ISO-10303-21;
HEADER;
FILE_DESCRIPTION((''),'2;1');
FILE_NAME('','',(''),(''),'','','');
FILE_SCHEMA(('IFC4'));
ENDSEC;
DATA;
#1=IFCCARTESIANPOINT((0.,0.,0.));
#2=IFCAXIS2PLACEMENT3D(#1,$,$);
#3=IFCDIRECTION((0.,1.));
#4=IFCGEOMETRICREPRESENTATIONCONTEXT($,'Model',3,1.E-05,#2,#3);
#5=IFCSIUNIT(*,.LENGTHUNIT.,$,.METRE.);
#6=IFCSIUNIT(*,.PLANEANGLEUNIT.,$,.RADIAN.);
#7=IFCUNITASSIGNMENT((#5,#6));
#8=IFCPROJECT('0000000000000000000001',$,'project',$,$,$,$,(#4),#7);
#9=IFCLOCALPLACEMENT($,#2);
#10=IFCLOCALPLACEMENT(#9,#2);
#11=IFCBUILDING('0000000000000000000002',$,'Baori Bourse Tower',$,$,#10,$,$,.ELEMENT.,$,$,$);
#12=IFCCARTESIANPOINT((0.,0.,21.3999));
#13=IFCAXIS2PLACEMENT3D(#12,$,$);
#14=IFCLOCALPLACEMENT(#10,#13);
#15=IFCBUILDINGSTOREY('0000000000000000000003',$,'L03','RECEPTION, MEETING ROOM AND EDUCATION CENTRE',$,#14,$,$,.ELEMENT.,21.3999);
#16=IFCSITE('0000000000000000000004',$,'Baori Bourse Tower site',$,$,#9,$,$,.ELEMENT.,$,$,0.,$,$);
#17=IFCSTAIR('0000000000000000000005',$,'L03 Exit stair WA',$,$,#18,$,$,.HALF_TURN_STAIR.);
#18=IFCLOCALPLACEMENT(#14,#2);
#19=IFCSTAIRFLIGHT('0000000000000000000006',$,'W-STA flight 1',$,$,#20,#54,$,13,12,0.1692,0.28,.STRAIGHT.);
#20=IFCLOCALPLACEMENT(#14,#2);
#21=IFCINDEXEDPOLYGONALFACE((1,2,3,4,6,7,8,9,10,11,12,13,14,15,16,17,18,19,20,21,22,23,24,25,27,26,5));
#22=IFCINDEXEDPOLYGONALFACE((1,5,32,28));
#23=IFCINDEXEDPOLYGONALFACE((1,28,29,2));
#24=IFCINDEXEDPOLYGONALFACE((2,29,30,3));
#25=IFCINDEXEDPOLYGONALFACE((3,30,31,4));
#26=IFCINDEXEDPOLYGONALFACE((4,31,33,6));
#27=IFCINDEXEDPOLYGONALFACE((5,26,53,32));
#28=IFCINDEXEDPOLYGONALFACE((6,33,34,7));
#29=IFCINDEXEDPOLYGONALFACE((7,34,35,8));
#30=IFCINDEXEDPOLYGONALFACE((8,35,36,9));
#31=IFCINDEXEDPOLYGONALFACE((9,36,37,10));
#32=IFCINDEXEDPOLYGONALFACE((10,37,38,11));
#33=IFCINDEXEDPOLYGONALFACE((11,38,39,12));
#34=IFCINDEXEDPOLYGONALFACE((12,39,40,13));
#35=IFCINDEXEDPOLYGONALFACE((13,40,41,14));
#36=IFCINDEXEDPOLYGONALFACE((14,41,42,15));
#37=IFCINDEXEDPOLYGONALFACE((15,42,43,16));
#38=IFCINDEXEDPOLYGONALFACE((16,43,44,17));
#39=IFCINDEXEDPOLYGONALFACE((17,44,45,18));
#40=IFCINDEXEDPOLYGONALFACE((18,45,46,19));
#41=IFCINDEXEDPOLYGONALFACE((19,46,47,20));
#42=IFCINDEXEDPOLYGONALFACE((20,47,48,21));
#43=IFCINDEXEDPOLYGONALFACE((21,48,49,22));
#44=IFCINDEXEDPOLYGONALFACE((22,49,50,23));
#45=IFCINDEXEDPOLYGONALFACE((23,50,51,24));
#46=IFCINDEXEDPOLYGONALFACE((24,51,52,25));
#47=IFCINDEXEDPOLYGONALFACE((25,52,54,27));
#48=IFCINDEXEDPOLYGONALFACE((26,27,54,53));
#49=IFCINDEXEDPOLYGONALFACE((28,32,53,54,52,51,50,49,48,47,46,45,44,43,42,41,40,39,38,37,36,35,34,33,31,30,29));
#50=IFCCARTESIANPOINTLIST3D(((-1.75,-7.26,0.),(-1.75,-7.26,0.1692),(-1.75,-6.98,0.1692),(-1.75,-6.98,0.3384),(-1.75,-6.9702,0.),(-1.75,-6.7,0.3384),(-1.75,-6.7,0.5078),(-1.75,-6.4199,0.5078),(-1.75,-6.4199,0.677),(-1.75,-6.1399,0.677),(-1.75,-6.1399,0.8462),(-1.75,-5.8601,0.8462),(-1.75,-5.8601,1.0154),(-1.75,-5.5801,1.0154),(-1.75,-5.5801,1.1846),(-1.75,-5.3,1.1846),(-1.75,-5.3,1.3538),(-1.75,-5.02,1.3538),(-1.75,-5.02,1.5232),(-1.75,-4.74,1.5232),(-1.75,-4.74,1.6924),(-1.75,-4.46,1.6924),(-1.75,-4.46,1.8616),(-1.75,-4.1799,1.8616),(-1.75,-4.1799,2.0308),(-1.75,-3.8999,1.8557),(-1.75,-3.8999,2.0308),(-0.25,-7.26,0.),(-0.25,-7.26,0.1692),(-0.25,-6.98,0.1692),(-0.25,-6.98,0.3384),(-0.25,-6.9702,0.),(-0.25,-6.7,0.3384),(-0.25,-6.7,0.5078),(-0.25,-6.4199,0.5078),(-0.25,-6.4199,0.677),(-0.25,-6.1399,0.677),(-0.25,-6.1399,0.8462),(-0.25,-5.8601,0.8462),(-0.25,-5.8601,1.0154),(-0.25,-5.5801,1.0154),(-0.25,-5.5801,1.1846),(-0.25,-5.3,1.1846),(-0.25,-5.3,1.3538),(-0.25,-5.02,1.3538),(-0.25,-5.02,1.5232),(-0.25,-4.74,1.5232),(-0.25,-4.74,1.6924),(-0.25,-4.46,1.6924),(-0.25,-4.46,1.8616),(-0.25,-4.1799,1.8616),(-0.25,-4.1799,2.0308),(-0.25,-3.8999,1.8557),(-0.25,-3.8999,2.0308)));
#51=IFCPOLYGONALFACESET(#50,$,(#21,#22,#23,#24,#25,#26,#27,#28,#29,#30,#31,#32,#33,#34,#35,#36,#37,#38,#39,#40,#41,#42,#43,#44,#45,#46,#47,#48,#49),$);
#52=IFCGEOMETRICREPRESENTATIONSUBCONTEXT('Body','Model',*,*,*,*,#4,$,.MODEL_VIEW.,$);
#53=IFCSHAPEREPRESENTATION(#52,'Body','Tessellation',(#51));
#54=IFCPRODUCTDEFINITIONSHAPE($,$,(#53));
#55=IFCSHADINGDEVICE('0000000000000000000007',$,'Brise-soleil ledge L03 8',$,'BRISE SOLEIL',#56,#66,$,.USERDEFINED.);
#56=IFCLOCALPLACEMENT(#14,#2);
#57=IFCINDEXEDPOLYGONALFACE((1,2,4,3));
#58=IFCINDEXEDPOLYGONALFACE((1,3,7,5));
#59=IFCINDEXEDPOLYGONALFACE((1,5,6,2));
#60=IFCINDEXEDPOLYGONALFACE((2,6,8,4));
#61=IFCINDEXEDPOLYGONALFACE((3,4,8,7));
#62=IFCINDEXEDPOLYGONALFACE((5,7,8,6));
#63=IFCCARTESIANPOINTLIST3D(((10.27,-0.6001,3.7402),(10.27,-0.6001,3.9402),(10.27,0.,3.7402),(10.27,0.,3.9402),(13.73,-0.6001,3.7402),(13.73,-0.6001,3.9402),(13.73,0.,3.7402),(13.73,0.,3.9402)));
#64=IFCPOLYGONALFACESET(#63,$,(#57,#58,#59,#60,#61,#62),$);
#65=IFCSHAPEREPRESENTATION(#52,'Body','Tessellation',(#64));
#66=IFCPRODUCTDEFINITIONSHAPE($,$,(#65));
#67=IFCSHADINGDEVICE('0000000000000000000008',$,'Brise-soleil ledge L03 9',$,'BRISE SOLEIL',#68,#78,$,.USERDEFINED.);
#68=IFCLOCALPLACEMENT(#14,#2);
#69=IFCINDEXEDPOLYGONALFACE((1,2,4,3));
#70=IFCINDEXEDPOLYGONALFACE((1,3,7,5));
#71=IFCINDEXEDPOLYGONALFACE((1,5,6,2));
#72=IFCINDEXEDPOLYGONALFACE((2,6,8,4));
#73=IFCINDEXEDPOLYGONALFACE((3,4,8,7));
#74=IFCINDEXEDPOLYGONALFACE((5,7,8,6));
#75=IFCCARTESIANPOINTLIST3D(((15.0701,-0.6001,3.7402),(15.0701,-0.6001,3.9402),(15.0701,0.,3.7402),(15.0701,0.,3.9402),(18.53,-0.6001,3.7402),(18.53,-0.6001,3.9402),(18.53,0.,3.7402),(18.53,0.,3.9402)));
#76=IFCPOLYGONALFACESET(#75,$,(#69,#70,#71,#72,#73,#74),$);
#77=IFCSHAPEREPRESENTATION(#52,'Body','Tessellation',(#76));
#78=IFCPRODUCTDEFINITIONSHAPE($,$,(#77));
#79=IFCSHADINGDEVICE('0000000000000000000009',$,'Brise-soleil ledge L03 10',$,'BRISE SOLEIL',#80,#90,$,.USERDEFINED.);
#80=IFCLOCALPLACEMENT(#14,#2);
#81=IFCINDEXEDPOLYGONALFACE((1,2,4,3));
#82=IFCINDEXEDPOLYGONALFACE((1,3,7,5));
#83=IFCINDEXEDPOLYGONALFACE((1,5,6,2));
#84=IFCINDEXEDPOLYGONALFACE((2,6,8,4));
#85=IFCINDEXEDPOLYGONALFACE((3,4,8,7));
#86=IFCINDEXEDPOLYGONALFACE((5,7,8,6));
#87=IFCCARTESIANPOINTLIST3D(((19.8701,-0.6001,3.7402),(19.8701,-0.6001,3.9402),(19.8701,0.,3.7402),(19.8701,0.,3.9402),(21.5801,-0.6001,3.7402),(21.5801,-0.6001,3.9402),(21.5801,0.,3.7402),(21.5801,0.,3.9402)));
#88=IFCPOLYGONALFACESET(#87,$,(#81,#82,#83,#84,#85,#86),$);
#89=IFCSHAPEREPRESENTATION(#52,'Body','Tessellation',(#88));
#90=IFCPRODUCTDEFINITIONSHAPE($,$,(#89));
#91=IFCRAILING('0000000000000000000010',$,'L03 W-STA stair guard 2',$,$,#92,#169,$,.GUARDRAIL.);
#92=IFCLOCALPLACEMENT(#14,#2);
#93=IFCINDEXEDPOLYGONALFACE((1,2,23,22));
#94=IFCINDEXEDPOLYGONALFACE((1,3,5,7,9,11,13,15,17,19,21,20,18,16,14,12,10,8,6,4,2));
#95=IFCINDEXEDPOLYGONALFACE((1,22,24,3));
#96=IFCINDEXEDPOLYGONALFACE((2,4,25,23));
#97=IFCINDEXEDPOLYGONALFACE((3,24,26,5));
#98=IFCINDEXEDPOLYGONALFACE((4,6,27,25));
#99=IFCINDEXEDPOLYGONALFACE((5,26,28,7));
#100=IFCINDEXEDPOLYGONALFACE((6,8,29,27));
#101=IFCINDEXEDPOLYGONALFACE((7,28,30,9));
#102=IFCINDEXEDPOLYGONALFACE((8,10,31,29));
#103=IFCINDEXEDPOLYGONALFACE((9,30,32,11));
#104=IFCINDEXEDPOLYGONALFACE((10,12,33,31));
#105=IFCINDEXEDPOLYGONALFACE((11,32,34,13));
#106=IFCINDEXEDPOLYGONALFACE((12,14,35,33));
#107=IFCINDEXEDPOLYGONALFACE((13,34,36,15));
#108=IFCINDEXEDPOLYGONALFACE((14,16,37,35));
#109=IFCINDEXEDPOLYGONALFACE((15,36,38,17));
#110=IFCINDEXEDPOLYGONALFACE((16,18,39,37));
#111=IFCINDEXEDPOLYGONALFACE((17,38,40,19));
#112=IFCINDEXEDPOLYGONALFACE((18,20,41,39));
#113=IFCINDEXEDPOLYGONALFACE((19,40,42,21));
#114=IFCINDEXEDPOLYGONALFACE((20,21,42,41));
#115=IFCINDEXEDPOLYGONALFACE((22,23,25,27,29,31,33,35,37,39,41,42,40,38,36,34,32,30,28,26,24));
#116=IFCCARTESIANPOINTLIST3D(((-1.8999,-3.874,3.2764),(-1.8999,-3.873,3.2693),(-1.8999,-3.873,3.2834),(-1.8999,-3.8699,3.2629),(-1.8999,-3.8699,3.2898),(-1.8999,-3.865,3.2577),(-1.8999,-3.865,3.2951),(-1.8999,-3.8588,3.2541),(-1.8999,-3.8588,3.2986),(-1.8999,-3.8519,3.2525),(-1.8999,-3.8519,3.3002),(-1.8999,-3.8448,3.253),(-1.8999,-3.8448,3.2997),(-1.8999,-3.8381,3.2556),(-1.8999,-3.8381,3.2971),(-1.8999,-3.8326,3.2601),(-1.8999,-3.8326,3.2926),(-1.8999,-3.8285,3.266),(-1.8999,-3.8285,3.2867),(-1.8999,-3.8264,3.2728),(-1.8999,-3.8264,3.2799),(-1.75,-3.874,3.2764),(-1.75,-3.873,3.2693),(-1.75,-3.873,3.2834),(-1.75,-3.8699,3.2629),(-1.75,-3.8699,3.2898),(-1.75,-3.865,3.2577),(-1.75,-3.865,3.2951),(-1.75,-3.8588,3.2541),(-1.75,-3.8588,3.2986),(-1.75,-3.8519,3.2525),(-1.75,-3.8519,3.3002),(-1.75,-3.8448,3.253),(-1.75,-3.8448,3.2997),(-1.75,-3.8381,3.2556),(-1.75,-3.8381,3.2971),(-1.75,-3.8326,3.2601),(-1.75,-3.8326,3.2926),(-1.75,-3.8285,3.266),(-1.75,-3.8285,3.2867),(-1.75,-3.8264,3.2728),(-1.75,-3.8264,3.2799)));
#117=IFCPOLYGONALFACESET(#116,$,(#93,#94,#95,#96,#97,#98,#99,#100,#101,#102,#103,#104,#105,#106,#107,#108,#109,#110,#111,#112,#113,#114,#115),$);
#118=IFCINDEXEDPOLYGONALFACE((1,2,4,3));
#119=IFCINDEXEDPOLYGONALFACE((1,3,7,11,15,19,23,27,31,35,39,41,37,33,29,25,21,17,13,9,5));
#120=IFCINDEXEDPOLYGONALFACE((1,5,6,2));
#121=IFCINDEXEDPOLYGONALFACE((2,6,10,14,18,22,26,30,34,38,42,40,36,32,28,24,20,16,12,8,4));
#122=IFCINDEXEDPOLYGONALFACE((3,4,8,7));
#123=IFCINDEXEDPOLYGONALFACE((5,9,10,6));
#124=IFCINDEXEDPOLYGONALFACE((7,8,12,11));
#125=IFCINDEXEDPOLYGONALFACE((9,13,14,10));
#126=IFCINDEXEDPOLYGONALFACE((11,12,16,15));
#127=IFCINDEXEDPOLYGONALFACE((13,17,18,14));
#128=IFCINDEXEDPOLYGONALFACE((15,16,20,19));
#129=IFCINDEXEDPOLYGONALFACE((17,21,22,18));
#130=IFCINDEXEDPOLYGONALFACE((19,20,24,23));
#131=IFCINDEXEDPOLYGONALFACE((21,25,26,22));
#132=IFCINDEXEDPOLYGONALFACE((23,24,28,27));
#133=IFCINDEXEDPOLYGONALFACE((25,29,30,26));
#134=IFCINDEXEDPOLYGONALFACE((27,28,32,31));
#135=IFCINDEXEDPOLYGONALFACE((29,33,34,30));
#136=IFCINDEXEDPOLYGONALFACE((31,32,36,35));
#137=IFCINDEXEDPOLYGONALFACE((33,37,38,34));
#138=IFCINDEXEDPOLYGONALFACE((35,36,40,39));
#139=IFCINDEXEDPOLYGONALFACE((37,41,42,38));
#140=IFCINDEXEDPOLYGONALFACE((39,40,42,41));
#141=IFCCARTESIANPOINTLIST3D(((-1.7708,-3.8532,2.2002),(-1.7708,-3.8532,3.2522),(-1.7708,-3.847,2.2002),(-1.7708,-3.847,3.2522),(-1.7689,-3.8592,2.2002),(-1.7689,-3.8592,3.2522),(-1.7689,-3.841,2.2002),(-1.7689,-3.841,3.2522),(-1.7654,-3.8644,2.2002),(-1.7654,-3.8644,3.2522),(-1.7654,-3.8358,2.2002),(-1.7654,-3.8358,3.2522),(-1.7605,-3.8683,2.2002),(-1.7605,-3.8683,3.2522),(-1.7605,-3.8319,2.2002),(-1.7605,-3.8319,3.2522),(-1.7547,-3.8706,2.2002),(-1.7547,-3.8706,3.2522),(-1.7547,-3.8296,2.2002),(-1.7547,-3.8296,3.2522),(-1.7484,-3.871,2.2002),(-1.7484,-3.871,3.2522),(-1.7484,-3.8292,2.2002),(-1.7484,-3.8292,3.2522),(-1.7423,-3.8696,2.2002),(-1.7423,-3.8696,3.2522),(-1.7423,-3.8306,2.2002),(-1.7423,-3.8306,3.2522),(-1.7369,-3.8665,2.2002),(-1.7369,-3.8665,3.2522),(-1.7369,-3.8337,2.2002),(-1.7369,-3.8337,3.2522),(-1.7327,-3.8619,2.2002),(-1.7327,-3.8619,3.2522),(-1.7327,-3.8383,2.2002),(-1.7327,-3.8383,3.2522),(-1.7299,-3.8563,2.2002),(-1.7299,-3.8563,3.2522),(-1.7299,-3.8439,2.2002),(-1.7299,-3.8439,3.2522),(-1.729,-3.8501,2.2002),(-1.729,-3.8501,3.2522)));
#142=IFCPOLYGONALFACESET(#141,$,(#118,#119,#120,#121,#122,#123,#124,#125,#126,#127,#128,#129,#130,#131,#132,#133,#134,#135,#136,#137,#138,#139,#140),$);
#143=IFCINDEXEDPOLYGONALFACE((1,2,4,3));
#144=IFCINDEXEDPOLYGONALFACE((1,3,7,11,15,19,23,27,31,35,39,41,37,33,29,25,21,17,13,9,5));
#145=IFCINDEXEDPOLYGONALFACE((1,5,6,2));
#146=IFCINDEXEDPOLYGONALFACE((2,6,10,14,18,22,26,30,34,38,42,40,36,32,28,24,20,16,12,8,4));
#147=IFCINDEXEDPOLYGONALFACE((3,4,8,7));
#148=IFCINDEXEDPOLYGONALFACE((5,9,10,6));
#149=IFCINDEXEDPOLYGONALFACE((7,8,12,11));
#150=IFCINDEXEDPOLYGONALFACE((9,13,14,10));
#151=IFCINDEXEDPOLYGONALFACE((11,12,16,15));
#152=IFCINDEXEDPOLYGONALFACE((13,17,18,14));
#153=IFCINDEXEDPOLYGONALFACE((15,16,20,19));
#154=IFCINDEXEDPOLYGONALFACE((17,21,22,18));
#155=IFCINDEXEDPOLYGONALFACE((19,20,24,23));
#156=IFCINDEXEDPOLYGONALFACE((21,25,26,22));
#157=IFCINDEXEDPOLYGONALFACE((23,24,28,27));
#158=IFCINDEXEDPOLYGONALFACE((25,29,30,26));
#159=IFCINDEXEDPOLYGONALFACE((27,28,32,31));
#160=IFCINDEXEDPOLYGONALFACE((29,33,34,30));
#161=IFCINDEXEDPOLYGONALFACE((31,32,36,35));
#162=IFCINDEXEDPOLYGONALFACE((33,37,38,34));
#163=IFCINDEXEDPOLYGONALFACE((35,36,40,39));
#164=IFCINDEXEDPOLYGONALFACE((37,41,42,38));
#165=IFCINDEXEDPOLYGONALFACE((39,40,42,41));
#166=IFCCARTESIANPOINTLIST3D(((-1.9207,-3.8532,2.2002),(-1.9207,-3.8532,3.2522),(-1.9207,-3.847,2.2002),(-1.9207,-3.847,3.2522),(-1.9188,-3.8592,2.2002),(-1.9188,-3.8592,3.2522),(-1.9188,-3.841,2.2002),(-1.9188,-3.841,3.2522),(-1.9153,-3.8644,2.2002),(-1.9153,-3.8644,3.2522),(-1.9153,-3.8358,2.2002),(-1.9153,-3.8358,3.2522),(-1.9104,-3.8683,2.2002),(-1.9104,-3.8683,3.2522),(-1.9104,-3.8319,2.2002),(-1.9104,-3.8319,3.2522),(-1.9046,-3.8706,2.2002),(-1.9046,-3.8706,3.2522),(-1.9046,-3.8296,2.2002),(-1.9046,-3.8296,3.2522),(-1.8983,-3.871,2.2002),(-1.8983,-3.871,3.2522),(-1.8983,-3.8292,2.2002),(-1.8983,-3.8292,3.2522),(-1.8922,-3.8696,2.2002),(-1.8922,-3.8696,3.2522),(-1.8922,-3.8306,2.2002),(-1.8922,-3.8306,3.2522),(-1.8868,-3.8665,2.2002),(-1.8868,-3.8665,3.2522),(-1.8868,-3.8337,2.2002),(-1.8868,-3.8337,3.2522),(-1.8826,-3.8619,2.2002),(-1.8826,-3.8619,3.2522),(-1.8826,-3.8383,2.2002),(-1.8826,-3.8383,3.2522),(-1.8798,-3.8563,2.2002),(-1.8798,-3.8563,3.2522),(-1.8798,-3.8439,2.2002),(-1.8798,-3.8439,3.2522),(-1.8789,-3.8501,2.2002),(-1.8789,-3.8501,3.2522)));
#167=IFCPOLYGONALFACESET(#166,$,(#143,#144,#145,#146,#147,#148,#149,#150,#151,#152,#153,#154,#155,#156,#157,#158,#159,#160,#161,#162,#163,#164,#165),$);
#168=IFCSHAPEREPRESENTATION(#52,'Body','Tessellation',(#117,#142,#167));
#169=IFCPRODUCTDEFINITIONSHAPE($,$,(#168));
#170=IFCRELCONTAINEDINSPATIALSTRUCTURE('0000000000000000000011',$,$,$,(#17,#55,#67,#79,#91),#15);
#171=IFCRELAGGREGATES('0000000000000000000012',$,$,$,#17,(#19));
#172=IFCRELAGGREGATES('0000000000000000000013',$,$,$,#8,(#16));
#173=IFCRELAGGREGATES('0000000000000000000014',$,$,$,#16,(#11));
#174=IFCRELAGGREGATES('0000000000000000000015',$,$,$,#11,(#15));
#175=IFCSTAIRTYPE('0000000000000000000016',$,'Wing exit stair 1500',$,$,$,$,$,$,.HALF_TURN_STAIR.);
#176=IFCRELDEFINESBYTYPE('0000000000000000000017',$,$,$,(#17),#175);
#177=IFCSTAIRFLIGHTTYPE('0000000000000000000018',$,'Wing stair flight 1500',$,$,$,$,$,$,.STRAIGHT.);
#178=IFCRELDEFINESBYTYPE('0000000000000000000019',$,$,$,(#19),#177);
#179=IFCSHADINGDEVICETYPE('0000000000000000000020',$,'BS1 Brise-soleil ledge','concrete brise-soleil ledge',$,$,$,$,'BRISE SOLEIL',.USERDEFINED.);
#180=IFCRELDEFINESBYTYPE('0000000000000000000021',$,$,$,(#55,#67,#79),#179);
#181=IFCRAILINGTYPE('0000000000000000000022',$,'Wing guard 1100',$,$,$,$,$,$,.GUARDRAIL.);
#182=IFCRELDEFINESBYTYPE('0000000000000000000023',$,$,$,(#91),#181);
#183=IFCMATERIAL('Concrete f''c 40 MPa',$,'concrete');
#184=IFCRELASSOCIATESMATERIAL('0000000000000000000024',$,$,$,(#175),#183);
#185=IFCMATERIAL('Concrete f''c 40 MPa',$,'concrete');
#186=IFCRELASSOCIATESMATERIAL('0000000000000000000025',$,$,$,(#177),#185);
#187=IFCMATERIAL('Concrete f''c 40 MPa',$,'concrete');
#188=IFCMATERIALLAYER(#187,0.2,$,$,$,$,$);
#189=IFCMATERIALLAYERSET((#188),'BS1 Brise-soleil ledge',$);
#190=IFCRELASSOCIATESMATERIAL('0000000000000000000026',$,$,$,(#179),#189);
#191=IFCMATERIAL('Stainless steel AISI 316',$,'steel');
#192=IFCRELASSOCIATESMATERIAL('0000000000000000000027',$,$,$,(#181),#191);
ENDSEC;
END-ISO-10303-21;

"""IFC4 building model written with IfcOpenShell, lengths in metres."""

from ifc_helpers import new_model, si_unit, direction, frame, origin, origin_2d, place, context, subcontext, project, spatial, polyline, rectangle, circle, outline, extrude, material, layer, layer_set, type_object, element, aggregate, save


model = new_model("IFC4")

# Units and contexts
model_context = context("Model", 3, precision=1e-05, world=origin(), true_north=direction((0.0, 1.0)))
body_context = subcontext(model_context, "Body", "Model", "MODEL_VIEW")
ifc_project = project(units=[si_unit("LENGTHUNIT", "METRE"), si_unit("PLANEANGLEUNIT", "RADIAN")], contexts=[model_context])

# Site, building, storey
site_placement = place(None, origin())
site = spatial("IfcSite", under=ifc_project, at=site_placement, Name="Baori Bourse Tower site", CompositionType="ELEMENT", RefElevation=0.0)
building_placement = place(site_placement, origin())
building = spatial("IfcBuilding", under=site, at=building_placement, Name="Baori Bourse Tower", CompositionType="ELEMENT")
storey_placement = place(building_placement, frame((0.0, 0.0, 21.3999)))
storey = spatial("IfcBuildingStorey", under=building, at=storey_placement, Name="L03", Description="RECEPTION, MEETING ROOM AND EDUCATION CENTRE", CompositionType="ELEMENT", Elevation=21.3999)

# Stair, stair flight
ifc_material_1 = material(Name="Concrete f'c 40 MPa", Category="concrete")
stair_type_1 = type_object("IfcStairType", Name="Wing exit stair 1500", PredefinedType="HALF_TURN_STAIR", material=ifc_material_1)
stair_1_placement = place(storey_placement, origin())
stair_1 = element("IfcStair", 1, at=stair_1_placement, inside=storey, type_object=stair_type_1, Name="L03 Exit stair WA", PredefinedType="HALF_TURN_STAIR")
ifc_material_2 = material(Name="Concrete f'c 40 MPa", Category="concrete")
stair_flight_type = type_object("IfcStairFlightType", Name="Wing stair flight 1500", PredefinedType="STRAIGHT", material=ifc_material_2)
stair_flight_placement = place(storey_placement, frame((-1.0, -7.26, 0.0), z_axis=(0.0, 0.0, 1.0), x_axis=(0.0, 1.0, 0.0)))
stair_flight = element("IfcStairFlight", 2, at=stair_flight_placement, type_object=stair_flight_type, Name="W-STA flight 1", NumberOfRisers=13, NumberOfTreads=12, PredefinedType="STRAIGHT", RiserHeight=0.1692, TreadLength=0.28, context=body_context, shape_type="SweptSolid", body=[
    extrude(outline(polyline([(0.0, 0.0), (0.0, 0.1692), (0.28, 0.1692), (0.28, 0.3384), (0.5601, 0.3384), (0.5601, 0.5078), (0.8401, 0.5078), (0.8401, 0.677), (1.1201, 0.677), (1.1201, 0.8462), (1.3999, 0.8462), (1.3999, 1.0154), (1.6799, 1.0154), (1.6799, 1.1846), (1.96, 1.1846), (1.96, 1.3538), (2.24, 1.3538), (2.24, 1.5232), (2.52, 1.5232), (2.52, 1.6924), (2.8, 1.6924), (2.8, 1.8616), (3.0801, 1.8616), (3.0801, 2.0308), (3.3601, 2.0308), (3.3601, 2.2), (3.3601, 1.8557), (0.2898, 0.0), (0.0, 0.0)])), frame((0.0, 0.75, 0.0), z_axis=(0.0, -1.0, 0.0), x_axis=(1.0, 0.0, 0.0)), (0.0, 0.0, 1.0), 1.5),
])
aggregate(stair_1, [stair_flight])

# Shading devices
ifc_material_3 = material(Name="Concrete f'c 40 MPa", Category="concrete")
ifc_layer_1 = layer(ifc_material_3, 0.2)
ifc_layer_set_1 = layer_set([ifc_layer_1], Name="BS1 Brise-soleil ledge")
shading_device_type = type_object("IfcShadingDeviceType", Name="BS1 Brise-soleil ledge", Description="concrete brise-soleil ledge", ElementType="BRISE SOLEIL", PredefinedType="USERDEFINED", material=ifc_layer_set_1)
for number, where, z_axis, x_axis, name in (
    (3, (12.0, -0.3, 3.7402), (0.0, 0.0, 1.0), (1.0, 0.0, 0.0), "Brise-soleil ledge L03 8"),
    (4, (16.8, -0.3, 3.7402), (0.0, 0.0, 1.0), (1.0, 0.0, 0.0), "Brise-soleil ledge L03 9"),
):
    element("IfcShadingDevice", number, at=place(storey_placement, frame(where, z_axis=z_axis, x_axis=x_axis)), inside=storey, type_object=shading_device_type, Name=name, ObjectType="BRISE SOLEIL", PredefinedType="USERDEFINED", context=body_context, shape_type="SweptSolid", body=[
        extrude(rectangle(XDim=3.46, YDim=0.6001, at=origin_2d()), origin(), (0.0, 0.0, 1.0), 0.2),
    ])
shading_device_placement = place(storey_placement, frame((20.7251, -0.3, 3.7402), z_axis=(0.0, 0.0, 1.0), x_axis=(1.0, 0.0, 0.0)))
element("IfcShadingDevice", 5, at=shading_device_placement, inside=storey, type_object=shading_device_type, Name="Brise-soleil ledge L03 10", ObjectType="BRISE SOLEIL", PredefinedType="USERDEFINED", context=body_context, shape_type="SweptSolid", body=[
    extrude(rectangle(XDim=1.71, YDim=0.6001, at=origin_2d()), origin(), (0.0, 0.0, 1.0), 0.2),
])

# Railing
ifc_material_4 = material(Name="Stainless steel AISI 316", Category="steel")
railing_type_1 = type_object("IfcRailingType", Name="Wing guard 1100", PredefinedType="GUARDRAIL", material=ifc_material_4)
railing_1_placement = place(storey_placement, frame((-1.75, -3.8501, 2.2002)))
element("IfcRailing", 6, at=railing_1_placement, inside=storey, type_object=railing_type_1, Name="L03 W-STA stair guard 2", PredefinedType="GUARDRAIL", context=body_context, shape_type="SweptSolid", body=[
    extrude(circle(Radius=0.0239, at=origin_2d()), frame((0.0, 0.0, 1.0762), z_axis=(-1.0, 0.0, 0.0), x_axis=(0.0, -1.0, 0.0)), (0.0, 0.0, 1.0), 0.1499),
    extrude(circle(Radius=0.021, at=origin_2d()), origin(), (0.0, 0.0, 1.0), 1.052),
    extrude(circle(Radius=0.021, at=origin_2d()), frame((-0.1499, 0.0, 0.0)), (0.0, 0.0, 1.0), 1.052),
])

save(model, "model.ifc")
